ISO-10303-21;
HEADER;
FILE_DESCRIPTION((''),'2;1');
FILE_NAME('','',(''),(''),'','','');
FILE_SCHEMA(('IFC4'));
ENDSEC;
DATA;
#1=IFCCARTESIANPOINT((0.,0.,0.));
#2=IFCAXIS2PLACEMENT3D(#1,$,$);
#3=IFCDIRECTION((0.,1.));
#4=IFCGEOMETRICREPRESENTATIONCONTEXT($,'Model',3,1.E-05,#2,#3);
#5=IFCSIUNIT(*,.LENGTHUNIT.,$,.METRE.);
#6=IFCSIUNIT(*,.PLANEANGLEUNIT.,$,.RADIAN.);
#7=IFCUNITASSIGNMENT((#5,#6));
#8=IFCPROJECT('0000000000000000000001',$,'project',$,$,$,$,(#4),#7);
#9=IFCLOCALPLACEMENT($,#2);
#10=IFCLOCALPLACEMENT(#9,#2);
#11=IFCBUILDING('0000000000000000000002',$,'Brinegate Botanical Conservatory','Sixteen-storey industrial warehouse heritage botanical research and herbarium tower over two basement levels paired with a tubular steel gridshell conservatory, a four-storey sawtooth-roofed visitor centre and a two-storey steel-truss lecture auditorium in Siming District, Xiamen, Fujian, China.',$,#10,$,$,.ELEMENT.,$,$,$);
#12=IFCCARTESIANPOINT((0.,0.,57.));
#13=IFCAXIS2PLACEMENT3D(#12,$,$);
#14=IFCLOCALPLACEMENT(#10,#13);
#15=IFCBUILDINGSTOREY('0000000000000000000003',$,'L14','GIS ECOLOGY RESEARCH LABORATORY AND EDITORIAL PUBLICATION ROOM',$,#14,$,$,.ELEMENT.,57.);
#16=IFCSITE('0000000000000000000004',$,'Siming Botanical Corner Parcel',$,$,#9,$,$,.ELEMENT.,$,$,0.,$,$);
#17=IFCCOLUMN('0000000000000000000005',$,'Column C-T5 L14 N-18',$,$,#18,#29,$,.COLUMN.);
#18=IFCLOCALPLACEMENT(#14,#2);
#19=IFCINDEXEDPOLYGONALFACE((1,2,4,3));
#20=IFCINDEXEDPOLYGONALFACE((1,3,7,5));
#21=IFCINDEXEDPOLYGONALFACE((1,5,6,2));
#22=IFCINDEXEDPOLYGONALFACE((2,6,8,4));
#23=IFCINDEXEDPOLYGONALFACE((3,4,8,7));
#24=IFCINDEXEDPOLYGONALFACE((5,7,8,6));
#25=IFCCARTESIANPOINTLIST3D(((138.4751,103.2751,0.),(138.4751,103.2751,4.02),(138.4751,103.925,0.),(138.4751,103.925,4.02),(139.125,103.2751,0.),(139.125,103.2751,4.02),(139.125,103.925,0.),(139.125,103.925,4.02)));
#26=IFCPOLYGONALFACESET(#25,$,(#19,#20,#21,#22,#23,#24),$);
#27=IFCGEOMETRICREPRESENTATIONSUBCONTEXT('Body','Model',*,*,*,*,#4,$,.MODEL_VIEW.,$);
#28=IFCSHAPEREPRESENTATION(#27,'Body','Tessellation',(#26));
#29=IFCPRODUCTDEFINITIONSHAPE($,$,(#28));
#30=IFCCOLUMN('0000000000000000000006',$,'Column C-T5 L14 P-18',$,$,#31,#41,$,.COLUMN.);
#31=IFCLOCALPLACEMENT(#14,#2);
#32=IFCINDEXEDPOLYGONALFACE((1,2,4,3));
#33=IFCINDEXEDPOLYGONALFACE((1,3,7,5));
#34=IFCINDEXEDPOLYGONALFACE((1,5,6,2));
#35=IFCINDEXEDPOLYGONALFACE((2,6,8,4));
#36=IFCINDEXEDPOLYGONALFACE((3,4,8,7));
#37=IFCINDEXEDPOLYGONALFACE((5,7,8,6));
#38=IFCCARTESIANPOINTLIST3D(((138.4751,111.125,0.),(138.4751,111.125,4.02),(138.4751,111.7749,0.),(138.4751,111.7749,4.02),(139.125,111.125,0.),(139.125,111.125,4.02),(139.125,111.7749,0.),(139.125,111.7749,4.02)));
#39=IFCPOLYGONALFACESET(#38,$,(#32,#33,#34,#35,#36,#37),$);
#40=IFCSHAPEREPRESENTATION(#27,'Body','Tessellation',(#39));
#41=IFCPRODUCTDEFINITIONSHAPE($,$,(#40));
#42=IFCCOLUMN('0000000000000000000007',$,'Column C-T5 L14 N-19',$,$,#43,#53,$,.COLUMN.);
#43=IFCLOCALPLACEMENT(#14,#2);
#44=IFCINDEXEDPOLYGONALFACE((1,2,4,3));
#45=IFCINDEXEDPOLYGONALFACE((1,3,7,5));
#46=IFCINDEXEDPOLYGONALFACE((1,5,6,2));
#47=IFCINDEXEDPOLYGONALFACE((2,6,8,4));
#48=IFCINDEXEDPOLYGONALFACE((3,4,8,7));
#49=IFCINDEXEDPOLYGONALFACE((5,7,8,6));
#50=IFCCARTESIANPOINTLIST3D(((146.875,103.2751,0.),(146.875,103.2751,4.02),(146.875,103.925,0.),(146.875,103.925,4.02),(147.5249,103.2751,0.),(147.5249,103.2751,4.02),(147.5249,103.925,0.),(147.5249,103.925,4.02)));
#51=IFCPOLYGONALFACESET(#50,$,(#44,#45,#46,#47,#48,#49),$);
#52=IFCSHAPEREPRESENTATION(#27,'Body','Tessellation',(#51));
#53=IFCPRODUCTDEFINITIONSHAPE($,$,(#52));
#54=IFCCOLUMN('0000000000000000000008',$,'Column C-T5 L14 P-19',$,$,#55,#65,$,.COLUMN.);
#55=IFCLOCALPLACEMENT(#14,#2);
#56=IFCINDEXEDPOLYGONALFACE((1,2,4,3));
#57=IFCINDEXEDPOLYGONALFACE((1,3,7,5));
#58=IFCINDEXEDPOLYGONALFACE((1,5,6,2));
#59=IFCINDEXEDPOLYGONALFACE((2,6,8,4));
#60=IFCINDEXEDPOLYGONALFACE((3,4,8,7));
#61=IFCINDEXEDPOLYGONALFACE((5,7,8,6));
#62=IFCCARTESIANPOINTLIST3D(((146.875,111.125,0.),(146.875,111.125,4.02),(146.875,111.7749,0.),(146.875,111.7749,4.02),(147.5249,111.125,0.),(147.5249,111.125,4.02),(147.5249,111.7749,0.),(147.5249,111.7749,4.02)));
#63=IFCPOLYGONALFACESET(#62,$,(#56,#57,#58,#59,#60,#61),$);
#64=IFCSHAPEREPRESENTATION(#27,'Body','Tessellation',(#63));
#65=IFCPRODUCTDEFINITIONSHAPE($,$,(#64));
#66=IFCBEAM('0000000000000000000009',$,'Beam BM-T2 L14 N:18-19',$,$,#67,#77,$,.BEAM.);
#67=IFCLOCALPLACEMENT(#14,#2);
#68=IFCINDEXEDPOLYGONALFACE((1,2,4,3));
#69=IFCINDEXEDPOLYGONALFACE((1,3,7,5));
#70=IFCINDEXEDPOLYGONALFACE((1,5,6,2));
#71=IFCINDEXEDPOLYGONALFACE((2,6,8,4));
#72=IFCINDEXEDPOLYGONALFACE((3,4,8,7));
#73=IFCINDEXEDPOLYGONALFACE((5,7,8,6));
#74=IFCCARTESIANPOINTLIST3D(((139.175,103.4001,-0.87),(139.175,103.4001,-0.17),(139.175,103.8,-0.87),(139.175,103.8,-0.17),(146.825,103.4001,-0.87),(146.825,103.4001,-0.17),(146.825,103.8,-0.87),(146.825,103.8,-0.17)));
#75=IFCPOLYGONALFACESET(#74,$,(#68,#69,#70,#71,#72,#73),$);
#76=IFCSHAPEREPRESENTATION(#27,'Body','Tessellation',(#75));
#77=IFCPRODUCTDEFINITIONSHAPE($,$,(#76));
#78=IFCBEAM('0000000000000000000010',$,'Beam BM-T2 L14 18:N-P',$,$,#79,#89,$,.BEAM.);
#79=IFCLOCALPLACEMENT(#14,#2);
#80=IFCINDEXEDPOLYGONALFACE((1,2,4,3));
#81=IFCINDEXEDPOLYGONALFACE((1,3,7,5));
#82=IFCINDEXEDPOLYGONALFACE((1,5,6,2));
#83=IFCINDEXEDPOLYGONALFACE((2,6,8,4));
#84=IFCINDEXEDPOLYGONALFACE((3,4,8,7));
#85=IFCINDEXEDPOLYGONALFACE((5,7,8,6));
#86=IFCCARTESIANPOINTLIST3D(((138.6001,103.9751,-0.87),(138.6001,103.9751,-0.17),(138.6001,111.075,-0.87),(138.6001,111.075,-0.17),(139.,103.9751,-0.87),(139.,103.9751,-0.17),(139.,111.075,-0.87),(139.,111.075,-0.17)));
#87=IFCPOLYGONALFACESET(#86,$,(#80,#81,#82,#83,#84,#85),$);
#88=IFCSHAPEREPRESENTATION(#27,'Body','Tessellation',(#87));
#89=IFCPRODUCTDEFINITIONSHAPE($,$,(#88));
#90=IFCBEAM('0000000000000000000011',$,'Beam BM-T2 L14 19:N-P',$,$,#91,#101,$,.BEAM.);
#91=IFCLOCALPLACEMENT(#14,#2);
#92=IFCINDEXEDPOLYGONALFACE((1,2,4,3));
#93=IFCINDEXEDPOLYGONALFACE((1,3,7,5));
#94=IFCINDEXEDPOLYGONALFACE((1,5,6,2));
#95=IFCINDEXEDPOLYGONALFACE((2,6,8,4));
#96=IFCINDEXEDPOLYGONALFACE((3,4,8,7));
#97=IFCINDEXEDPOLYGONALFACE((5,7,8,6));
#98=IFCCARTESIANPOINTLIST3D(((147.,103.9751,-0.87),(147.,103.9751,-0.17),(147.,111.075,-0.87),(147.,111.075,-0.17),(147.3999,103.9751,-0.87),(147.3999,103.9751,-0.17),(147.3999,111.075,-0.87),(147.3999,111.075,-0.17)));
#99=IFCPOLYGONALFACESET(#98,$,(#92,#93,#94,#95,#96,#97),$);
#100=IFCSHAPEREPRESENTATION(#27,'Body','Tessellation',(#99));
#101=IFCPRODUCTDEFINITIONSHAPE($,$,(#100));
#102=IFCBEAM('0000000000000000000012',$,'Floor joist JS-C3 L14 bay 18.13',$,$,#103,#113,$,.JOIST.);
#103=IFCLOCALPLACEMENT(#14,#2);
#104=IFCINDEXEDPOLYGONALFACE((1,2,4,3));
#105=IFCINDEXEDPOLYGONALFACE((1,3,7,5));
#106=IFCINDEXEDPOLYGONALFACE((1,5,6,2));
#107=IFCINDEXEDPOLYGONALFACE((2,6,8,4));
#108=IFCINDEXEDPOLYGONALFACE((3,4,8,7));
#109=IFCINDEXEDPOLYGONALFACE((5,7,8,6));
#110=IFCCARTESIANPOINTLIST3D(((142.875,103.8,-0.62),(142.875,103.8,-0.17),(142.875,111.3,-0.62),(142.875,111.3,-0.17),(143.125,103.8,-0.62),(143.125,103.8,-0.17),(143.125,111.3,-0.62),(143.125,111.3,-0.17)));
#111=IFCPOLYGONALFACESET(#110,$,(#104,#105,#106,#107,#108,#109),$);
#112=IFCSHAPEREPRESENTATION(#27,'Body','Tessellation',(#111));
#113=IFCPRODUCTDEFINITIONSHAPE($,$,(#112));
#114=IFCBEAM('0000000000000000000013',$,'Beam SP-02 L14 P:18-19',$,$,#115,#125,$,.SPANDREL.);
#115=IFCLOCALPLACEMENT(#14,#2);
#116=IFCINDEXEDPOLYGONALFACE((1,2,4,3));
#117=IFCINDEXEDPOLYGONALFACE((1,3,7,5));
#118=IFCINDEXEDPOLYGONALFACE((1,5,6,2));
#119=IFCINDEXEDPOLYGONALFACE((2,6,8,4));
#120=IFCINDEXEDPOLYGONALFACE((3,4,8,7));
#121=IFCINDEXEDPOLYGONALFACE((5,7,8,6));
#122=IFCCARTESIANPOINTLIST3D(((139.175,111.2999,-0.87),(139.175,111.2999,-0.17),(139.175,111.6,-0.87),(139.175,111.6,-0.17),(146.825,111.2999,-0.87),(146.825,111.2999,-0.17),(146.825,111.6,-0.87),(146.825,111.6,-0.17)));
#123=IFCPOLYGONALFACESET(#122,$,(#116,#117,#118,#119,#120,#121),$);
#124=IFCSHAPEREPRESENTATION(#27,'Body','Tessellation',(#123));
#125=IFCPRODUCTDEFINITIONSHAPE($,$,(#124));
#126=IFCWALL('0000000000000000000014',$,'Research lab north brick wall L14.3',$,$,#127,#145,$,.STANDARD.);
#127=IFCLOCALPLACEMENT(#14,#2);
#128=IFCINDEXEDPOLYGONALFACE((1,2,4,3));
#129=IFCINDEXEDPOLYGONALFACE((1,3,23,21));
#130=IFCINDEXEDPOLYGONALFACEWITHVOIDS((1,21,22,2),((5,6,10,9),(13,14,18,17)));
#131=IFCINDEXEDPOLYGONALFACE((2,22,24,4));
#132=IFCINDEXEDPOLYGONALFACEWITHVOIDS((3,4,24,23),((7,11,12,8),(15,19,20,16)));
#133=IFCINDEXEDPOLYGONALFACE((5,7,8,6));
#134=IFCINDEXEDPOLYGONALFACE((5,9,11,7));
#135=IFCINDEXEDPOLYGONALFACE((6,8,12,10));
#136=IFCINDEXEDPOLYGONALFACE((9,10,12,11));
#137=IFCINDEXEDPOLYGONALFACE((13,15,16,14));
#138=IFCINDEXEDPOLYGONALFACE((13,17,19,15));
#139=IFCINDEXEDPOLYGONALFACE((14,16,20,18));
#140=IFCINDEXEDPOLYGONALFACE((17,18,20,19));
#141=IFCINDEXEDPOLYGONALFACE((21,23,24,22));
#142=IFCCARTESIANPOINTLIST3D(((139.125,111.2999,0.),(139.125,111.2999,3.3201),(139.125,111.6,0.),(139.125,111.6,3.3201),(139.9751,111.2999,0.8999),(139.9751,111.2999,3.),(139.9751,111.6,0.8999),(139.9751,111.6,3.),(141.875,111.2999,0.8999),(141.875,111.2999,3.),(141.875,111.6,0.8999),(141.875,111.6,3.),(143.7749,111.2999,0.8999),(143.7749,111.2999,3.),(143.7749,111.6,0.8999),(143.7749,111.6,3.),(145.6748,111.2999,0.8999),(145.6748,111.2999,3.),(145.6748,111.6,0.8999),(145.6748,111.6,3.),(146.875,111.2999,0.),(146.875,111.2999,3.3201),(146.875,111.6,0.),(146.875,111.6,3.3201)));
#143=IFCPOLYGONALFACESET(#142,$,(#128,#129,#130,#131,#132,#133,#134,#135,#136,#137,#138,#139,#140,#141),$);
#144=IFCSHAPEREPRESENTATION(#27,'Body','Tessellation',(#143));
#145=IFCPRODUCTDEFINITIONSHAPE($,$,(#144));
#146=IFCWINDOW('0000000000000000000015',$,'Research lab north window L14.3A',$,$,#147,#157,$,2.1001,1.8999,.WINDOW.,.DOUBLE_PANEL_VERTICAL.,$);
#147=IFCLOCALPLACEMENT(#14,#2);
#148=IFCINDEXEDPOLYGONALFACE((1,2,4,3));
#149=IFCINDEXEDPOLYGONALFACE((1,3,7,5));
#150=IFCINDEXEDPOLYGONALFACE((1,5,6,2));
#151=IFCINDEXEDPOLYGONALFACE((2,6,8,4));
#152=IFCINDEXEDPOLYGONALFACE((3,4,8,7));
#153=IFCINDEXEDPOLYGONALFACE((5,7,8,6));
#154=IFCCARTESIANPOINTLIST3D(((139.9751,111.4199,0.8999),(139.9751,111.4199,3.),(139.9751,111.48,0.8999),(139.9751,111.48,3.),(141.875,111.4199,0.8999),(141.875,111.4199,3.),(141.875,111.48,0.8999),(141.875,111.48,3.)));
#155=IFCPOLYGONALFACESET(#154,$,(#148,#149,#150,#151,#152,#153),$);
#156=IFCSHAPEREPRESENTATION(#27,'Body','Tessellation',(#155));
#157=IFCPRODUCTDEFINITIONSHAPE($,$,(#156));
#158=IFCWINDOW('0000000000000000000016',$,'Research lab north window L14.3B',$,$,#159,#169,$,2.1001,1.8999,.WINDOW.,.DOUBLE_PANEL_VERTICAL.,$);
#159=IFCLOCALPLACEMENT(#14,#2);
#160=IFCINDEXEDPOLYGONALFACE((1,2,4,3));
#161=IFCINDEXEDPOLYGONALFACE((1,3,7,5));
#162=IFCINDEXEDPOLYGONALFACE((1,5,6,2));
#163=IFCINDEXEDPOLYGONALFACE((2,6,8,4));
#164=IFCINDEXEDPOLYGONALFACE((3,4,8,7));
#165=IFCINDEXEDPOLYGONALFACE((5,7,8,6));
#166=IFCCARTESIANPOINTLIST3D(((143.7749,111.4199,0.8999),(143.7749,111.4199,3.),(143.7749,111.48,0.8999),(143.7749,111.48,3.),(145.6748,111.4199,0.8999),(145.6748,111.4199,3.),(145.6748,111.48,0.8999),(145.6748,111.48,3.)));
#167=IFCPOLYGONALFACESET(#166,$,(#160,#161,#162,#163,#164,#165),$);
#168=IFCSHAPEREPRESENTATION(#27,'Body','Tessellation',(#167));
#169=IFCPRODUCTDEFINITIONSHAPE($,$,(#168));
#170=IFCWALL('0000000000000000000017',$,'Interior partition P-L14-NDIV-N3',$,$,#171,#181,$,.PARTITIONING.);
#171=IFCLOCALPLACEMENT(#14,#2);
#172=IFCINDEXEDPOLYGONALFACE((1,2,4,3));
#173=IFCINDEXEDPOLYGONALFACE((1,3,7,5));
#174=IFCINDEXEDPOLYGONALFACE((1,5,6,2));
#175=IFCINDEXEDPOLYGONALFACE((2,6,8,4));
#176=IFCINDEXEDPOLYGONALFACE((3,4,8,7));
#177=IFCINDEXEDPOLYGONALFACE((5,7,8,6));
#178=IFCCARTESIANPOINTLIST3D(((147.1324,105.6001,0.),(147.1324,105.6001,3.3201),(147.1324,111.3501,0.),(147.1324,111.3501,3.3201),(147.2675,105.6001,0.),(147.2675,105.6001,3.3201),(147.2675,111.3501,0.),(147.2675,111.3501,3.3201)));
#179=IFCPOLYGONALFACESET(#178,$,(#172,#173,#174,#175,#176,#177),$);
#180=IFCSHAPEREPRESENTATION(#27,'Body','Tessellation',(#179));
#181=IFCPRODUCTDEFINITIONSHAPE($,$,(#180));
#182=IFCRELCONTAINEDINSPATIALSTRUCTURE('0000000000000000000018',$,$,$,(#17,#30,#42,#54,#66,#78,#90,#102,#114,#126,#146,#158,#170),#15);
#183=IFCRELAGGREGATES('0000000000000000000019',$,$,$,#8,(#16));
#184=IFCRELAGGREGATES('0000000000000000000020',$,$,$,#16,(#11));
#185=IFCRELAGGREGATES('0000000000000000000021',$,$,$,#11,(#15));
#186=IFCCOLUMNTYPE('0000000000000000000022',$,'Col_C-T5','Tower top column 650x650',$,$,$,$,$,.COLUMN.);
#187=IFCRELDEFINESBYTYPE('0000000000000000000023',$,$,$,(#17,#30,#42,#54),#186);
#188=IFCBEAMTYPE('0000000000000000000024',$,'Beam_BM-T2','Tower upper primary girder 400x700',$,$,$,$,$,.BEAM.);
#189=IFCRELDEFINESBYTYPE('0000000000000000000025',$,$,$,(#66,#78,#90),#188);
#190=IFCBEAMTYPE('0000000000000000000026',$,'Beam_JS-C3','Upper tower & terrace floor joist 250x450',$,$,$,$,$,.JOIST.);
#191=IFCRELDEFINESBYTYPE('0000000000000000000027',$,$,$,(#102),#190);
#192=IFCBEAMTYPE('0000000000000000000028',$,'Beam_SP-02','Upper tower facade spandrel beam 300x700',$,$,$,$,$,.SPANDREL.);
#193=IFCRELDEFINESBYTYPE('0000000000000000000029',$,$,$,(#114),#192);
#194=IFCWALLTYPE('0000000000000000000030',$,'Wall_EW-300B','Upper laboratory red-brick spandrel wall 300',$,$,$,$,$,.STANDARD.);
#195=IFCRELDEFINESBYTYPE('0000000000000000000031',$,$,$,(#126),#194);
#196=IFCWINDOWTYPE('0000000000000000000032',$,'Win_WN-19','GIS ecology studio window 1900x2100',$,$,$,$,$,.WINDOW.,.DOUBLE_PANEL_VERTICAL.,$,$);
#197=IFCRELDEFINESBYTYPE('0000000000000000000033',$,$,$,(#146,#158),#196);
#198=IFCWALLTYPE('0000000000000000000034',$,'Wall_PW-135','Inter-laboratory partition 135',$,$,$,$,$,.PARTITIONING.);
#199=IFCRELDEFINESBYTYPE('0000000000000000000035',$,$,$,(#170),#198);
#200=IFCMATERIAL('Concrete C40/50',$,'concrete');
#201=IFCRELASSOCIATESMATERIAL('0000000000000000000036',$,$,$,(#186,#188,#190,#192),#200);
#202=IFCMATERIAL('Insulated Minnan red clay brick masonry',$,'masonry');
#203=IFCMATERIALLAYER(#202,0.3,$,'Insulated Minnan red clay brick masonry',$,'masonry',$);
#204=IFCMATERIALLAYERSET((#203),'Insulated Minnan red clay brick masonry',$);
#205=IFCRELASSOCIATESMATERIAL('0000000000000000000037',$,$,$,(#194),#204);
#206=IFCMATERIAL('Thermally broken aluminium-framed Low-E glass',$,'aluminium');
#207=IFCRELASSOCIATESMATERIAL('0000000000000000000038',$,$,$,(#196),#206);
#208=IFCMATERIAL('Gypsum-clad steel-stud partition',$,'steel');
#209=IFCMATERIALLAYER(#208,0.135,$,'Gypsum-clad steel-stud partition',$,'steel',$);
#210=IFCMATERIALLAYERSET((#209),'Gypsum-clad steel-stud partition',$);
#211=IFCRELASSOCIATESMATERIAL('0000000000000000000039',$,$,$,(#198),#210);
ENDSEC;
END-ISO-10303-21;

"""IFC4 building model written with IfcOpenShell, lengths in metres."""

from ifc_helpers import new_model, si_unit, direction, frame, frame_2d, origin, origin_2d, place, context, subcontext, project, spatial, rectangle, extrude, material, layer, layer_set, material_profile, profile_set, type_object, element, fill, save


model = new_model("IFC4")

# Units and contexts
model_context = context("Model", 3, precision=1e-05, world=origin(), true_north=direction((0.0, 1.0)))
body_context = subcontext(model_context, "Body", "Model", "MODEL_VIEW")
ifc_project = project(units=[si_unit("LENGTHUNIT", "METRE"), si_unit("PLANEANGLEUNIT", "RADIAN")], contexts=[model_context])

# Site, building, storey
site_placement = place(None, origin())
site = spatial("IfcSite", under=ifc_project, at=site_placement, Name="Siming Botanical Corner Parcel", CompositionType="ELEMENT", RefElevation=0.0)
building_placement = place(site_placement, origin())
building = spatial("IfcBuilding", under=site, at=building_placement, Name="Brinegate Botanical Conservatory", Description="Sixteen-storey industrial warehouse heritage botanical research and herbarium tower over two basement levels paired with a tubular steel gridshell conservatory, a four-storey sawtooth-roofed visitor centre and a two-storey steel-truss lecture auditorium in Siming District, Xiamen, Fujian, China.", CompositionType="ELEMENT")
storey_placement = place(building_placement, frame((0.0, 0.0, 57.0)))
storey = spatial("IfcBuildingStorey", under=building, at=storey_placement, Name="L14", Description="GIS ECOLOGY RESEARCH LABORATORY AND EDITORIAL PUBLICATION ROOM", CompositionType="ELEMENT", Elevation=57.0)

# Columns
ifc_material_1 = material(Name="Concrete C40/50", Category="concrete")
ifc_material_profile_1 = material_profile(ifc_material_1, rectangle(XDim=0.6499, YDim=0.6499, at=origin_2d()), Name="RC COL 650x650")
ifc_profile_set_1 = profile_set([ifc_material_profile_1], Name="Concrete C40/50")
column_type = type_object("IfcColumnType", Name="Col_C-T5", Description="Tower top column 650x650", PredefinedType="COLUMN", material=ifc_profile_set_1)
for number, where, z_axis, x_axis, name in (
    (1, (138.8, 103.6001, 0.0), (0.0, 0.0, 1.0), (1.0, 0.0, 0.0), "Column C-T5 L14 N-18"),
    (2, (138.8, 111.45, 0.0), (0.0, 0.0, 1.0), (1.0, 0.0, 0.0), "Column C-T5 L14 P-18"),
    (3, (147.2, 103.6001, 0.0), (0.0, 0.0, 1.0), (1.0, 0.0, 0.0), "Column C-T5 L14 N-19"),
    (4, (147.2, 111.45, 0.0), (0.0, 0.0, 1.0), (1.0, 0.0, 0.0), "Column C-T5 L14 P-19"),
):
    element("IfcColumn", number, at=place(storey_placement, frame(where, z_axis=z_axis, x_axis=x_axis)), inside=storey, type_object=column_type, Name=name, PredefinedType="COLUMN", context=body_context, shape_type="SweptSolid", body=[
        extrude(rectangle(XDim=0.6499, YDim=0.6499, at=origin_2d()), origin(), (0.0, 0.0, 1.0), 4.02),
    ])

# Beams
ifc_material_profile_2 = material_profile(ifc_material_1, rectangle(XDim=0.3999, YDim=0.7, at=origin_2d()), Name="RC BM 400x700")
ifc_profile_set_2 = profile_set([ifc_material_profile_2], Name="Concrete C40/50")
beam_type_1 = type_object("IfcBeamType", Name="Beam_BM-T2", Description="Tower upper primary girder 400x700", PredefinedType="BEAM", material=ifc_profile_set_2)
beam_1_placement = place(storey_placement, frame((139.175, 103.6001, -0.52), z_axis=(1.0, 0.0, 0.0), x_axis=(0.0, 1.0, 0.0)))
element("IfcBeam", 5, at=beam_1_placement, inside=storey, type_object=beam_type_1, Name="Beam BM-T2 L14 N:18-19", PredefinedType="BEAM", context=body_context, shape_type="SweptSolid", body=[
    extrude(rectangle(XDim=0.3999, YDim=0.7, at=origin_2d()), origin(), (0.0, 0.0, 1.0), 7.6499),
])
for number, where, z_axis, x_axis, name in (
    (6, (138.8, 103.9751, -0.52), (0.0, 1.0, 0.0), (-1.0, 0.0, 0.0), "Beam BM-T2 L14 18:N-P"),
    (7, (147.2, 103.9751, -0.52), (0.0, 1.0, 0.0), (-1.0, 0.0, 0.0), "Beam BM-T2 L14 19:N-P"),
):
    element("IfcBeam", number, at=place(storey_placement, frame(where, z_axis=z_axis, x_axis=x_axis)), inside=storey, type_object=beam_type_1, Name=name, PredefinedType="BEAM", context=body_context, shape_type="SweptSolid", body=[
        extrude(rectangle(XDim=0.3999, YDim=0.7, at=origin_2d()), origin(), (0.0, 0.0, 1.0), 7.0999),
    ])
ifc_material_profile_3 = material_profile(ifc_material_1, rectangle(XDim=0.25, YDim=0.45, at=origin_2d()), Name="RC JST 250x450")
ifc_profile_set_3 = profile_set([ifc_material_profile_3], Name="Concrete C40/50")
beam_type_2 = type_object("IfcBeamType", Name="Beam_JS-C3", Description="Upper tower & terrace floor joist 250x450", PredefinedType="JOIST", material=ifc_profile_set_3)
beam_2_placement = place(storey_placement, frame((143.0, 103.8, -0.395), z_axis=(0.0, 1.0, 0.0), x_axis=(-1.0, 0.0, 0.0)))
element("IfcBeam", 8, at=beam_2_placement, inside=storey, type_object=beam_type_2, Name="Floor joist JS-C3 L14 bay 18.13", PredefinedType="JOIST", context=body_context, shape_type="SweptSolid", body=[
    extrude(rectangle(XDim=0.25, YDim=0.45, at=origin_2d()), origin(), (0.0, 0.0, 1.0), 7.5),
])
ifc_material_profile_4 = material_profile(ifc_material_1, rectangle(XDim=0.3, YDim=0.7, at=origin_2d()), Name="RC SPN 300x700")
ifc_profile_set_4 = profile_set([ifc_material_profile_4], Name="Concrete C40/50")
beam_type_3 = type_object("IfcBeamType", Name="Beam_SP-02", Description="Upper tower facade spandrel beam 300x700", PredefinedType="SPANDREL", material=ifc_profile_set_4)
beam_3_placement = place(storey_placement, frame((139.175, 111.45, -0.52), z_axis=(1.0, 0.0, 0.0), x_axis=(0.0, 1.0, 0.0)))
element("IfcBeam", 9, at=beam_3_placement, inside=storey, type_object=beam_type_3, Name="Beam SP-02 L14 P:18-19", PredefinedType="SPANDREL", context=body_context, shape_type="SweptSolid", body=[
    extrude(rectangle(XDim=0.3, YDim=0.7, at=origin_2d()), origin(), (0.0, 0.0, 1.0), 7.6499),
])

# Wall, openings, windows
ifc_material_2 = material(Name="Insulated Minnan red clay brick masonry", Category="masonry")
ifc_layer_1 = layer(ifc_material_2, 0.3, Name="Insulated Minnan red clay brick masonry", Category="masonry")
ifc_layer_set_1 = layer_set([ifc_layer_1], Name="Insulated Minnan red clay brick masonry")
wall_type_1 = type_object("IfcWallType", Name="Wall_EW-300B", Description="Upper laboratory red-brick spandrel wall 300", PredefinedType="STANDARD", material=ifc_layer_set_1)
wall_1_placement = place(storey_placement, frame((139.125, 111.45, 0.0), z_axis=(0.0, 0.0, 1.0), x_axis=(1.0, 0.0, 0.0)))
wall_1 = element("IfcWall", 10, at=wall_1_placement, inside=storey, type_object=wall_type_1, Name="Research lab north brick wall L14.3", PredefinedType="STANDARD", context=body_context, shape_type="SweptSolid", body=[
    extrude(rectangle(XDim=7.75, YDim=0.3, at=frame_2d((3.875, 0.0))), origin(), (0.0, 0.0, 1.0), 3.3201),
])
opening_1_placement = place(wall_1_placement, frame((0.8501, 0.0, 0.8999)))
opening_1 = element("IfcOpeningElement", 11, at=opening_1_placement, cuts=wall_1, PredefinedType="OPENING", context=body_context, shape_type="SweptSolid", body=[
    extrude(rectangle(XDim=1.8999, YDim=2.1001, at=frame_2d((0.95, 1.05))), frame((0.0, 0.1599, 0.0), z_axis=(0.0, -1.0, 0.0), x_axis=(1.0, 0.0, 0.0)), (0.0, 0.0, 1.0), 0.3201),
])
opening_2_placement = place(wall_1_placement, frame((4.6499, 0.0, 0.8999)))
opening_2 = element("IfcOpeningElement", 12, at=opening_2_placement, cuts=wall_1, PredefinedType="OPENING", context=body_context, shape_type="SweptSolid", body=[
    extrude(rectangle(XDim=1.8999, YDim=2.1001, at=frame_2d((0.95, 1.05))), frame((0.0, 0.1599, 0.0), z_axis=(0.0, -1.0, 0.0), x_axis=(1.0, 0.0, 0.0)), (0.0, 0.0, 1.0), 0.3201),
])
ifc_material_3 = material(Name="Thermally broken aluminium-framed Low-E glass", Category="aluminium")
window_type = type_object("IfcWindowType", Name="Win_WN-19", Description="GIS ecology studio window 1900x2100", PartitioningType="DOUBLE_PANEL_VERTICAL", PredefinedType="WINDOW", material=ifc_material_3)
window_1_placement = place(opening_1_placement, origin())
window_1 = element("IfcWindow", 13, at=window_1_placement, inside=storey, type_object=window_type, Name="Research lab north window L14.3A", OverallHeight=2.1001, OverallWidth=1.8999, PartitioningType="DOUBLE_PANEL_VERTICAL", PredefinedType="WINDOW", context=body_context, shape_type="SweptSolid", body=[
    extrude(rectangle(XDim=1.8999, YDim=2.1001, at=frame_2d((0.95, 1.05))), frame((0.0, 0.03, 0.0), z_axis=(0.0, -1.0, 0.0), x_axis=(1.0, 0.0, 0.0)), (0.0, 0.0, 1.0), 0.0601),
])
fill(opening_1, window_1)
window_2_placement = place(opening_2_placement, origin())
window_2 = element("IfcWindow", 14, at=window_2_placement, inside=storey, type_object=window_type, Name="Research lab north window L14.3B", OverallHeight=2.1001, OverallWidth=1.8999, PartitioningType="DOUBLE_PANEL_VERTICAL", PredefinedType="WINDOW", context=body_context, shape_type="SweptSolid", body=[
    extrude(rectangle(XDim=1.8999, YDim=2.1001, at=frame_2d((0.95, 1.05))), frame((0.0, 0.03, 0.0), z_axis=(0.0, -1.0, 0.0), x_axis=(1.0, 0.0, 0.0)), (0.0, 0.0, 1.0), 0.0601),
])
fill(opening_2, window_2)

# Wall
ifc_material_4 = material(Name="Gypsum-clad steel-stud partition", Category="steel")
ifc_layer_2 = layer(ifc_material_4, 0.135, Name="Gypsum-clad steel-stud partition", Category="steel")
ifc_layer_set_2 = layer_set([ifc_layer_2], Name="Gypsum-clad steel-stud partition")
wall_type_2 = type_object("IfcWallType", Name="Wall_PW-135", Description="Inter-laboratory partition 135", PredefinedType="PARTITIONING", material=ifc_layer_set_2)
wall_2_placement = place(storey_placement, frame((147.2, 105.6001, 0.0), z_axis=(0.0, 0.0, 1.0), x_axis=(0.0, 1.0, 0.0)))
element("IfcWall", 15, at=wall_2_placement, inside=storey, type_object=wall_type_2, Name="Interior partition P-L14-NDIV-N3", PredefinedType="PARTITIONING", context=body_context, shape_type="SweptSolid", body=[
    extrude(rectangle(XDim=5.75, YDim=0.135, at=frame_2d((2.875, 0.0))), origin(), (0.0, 0.0, 1.0), 3.3201),
])

save(model, "model.ifc")
